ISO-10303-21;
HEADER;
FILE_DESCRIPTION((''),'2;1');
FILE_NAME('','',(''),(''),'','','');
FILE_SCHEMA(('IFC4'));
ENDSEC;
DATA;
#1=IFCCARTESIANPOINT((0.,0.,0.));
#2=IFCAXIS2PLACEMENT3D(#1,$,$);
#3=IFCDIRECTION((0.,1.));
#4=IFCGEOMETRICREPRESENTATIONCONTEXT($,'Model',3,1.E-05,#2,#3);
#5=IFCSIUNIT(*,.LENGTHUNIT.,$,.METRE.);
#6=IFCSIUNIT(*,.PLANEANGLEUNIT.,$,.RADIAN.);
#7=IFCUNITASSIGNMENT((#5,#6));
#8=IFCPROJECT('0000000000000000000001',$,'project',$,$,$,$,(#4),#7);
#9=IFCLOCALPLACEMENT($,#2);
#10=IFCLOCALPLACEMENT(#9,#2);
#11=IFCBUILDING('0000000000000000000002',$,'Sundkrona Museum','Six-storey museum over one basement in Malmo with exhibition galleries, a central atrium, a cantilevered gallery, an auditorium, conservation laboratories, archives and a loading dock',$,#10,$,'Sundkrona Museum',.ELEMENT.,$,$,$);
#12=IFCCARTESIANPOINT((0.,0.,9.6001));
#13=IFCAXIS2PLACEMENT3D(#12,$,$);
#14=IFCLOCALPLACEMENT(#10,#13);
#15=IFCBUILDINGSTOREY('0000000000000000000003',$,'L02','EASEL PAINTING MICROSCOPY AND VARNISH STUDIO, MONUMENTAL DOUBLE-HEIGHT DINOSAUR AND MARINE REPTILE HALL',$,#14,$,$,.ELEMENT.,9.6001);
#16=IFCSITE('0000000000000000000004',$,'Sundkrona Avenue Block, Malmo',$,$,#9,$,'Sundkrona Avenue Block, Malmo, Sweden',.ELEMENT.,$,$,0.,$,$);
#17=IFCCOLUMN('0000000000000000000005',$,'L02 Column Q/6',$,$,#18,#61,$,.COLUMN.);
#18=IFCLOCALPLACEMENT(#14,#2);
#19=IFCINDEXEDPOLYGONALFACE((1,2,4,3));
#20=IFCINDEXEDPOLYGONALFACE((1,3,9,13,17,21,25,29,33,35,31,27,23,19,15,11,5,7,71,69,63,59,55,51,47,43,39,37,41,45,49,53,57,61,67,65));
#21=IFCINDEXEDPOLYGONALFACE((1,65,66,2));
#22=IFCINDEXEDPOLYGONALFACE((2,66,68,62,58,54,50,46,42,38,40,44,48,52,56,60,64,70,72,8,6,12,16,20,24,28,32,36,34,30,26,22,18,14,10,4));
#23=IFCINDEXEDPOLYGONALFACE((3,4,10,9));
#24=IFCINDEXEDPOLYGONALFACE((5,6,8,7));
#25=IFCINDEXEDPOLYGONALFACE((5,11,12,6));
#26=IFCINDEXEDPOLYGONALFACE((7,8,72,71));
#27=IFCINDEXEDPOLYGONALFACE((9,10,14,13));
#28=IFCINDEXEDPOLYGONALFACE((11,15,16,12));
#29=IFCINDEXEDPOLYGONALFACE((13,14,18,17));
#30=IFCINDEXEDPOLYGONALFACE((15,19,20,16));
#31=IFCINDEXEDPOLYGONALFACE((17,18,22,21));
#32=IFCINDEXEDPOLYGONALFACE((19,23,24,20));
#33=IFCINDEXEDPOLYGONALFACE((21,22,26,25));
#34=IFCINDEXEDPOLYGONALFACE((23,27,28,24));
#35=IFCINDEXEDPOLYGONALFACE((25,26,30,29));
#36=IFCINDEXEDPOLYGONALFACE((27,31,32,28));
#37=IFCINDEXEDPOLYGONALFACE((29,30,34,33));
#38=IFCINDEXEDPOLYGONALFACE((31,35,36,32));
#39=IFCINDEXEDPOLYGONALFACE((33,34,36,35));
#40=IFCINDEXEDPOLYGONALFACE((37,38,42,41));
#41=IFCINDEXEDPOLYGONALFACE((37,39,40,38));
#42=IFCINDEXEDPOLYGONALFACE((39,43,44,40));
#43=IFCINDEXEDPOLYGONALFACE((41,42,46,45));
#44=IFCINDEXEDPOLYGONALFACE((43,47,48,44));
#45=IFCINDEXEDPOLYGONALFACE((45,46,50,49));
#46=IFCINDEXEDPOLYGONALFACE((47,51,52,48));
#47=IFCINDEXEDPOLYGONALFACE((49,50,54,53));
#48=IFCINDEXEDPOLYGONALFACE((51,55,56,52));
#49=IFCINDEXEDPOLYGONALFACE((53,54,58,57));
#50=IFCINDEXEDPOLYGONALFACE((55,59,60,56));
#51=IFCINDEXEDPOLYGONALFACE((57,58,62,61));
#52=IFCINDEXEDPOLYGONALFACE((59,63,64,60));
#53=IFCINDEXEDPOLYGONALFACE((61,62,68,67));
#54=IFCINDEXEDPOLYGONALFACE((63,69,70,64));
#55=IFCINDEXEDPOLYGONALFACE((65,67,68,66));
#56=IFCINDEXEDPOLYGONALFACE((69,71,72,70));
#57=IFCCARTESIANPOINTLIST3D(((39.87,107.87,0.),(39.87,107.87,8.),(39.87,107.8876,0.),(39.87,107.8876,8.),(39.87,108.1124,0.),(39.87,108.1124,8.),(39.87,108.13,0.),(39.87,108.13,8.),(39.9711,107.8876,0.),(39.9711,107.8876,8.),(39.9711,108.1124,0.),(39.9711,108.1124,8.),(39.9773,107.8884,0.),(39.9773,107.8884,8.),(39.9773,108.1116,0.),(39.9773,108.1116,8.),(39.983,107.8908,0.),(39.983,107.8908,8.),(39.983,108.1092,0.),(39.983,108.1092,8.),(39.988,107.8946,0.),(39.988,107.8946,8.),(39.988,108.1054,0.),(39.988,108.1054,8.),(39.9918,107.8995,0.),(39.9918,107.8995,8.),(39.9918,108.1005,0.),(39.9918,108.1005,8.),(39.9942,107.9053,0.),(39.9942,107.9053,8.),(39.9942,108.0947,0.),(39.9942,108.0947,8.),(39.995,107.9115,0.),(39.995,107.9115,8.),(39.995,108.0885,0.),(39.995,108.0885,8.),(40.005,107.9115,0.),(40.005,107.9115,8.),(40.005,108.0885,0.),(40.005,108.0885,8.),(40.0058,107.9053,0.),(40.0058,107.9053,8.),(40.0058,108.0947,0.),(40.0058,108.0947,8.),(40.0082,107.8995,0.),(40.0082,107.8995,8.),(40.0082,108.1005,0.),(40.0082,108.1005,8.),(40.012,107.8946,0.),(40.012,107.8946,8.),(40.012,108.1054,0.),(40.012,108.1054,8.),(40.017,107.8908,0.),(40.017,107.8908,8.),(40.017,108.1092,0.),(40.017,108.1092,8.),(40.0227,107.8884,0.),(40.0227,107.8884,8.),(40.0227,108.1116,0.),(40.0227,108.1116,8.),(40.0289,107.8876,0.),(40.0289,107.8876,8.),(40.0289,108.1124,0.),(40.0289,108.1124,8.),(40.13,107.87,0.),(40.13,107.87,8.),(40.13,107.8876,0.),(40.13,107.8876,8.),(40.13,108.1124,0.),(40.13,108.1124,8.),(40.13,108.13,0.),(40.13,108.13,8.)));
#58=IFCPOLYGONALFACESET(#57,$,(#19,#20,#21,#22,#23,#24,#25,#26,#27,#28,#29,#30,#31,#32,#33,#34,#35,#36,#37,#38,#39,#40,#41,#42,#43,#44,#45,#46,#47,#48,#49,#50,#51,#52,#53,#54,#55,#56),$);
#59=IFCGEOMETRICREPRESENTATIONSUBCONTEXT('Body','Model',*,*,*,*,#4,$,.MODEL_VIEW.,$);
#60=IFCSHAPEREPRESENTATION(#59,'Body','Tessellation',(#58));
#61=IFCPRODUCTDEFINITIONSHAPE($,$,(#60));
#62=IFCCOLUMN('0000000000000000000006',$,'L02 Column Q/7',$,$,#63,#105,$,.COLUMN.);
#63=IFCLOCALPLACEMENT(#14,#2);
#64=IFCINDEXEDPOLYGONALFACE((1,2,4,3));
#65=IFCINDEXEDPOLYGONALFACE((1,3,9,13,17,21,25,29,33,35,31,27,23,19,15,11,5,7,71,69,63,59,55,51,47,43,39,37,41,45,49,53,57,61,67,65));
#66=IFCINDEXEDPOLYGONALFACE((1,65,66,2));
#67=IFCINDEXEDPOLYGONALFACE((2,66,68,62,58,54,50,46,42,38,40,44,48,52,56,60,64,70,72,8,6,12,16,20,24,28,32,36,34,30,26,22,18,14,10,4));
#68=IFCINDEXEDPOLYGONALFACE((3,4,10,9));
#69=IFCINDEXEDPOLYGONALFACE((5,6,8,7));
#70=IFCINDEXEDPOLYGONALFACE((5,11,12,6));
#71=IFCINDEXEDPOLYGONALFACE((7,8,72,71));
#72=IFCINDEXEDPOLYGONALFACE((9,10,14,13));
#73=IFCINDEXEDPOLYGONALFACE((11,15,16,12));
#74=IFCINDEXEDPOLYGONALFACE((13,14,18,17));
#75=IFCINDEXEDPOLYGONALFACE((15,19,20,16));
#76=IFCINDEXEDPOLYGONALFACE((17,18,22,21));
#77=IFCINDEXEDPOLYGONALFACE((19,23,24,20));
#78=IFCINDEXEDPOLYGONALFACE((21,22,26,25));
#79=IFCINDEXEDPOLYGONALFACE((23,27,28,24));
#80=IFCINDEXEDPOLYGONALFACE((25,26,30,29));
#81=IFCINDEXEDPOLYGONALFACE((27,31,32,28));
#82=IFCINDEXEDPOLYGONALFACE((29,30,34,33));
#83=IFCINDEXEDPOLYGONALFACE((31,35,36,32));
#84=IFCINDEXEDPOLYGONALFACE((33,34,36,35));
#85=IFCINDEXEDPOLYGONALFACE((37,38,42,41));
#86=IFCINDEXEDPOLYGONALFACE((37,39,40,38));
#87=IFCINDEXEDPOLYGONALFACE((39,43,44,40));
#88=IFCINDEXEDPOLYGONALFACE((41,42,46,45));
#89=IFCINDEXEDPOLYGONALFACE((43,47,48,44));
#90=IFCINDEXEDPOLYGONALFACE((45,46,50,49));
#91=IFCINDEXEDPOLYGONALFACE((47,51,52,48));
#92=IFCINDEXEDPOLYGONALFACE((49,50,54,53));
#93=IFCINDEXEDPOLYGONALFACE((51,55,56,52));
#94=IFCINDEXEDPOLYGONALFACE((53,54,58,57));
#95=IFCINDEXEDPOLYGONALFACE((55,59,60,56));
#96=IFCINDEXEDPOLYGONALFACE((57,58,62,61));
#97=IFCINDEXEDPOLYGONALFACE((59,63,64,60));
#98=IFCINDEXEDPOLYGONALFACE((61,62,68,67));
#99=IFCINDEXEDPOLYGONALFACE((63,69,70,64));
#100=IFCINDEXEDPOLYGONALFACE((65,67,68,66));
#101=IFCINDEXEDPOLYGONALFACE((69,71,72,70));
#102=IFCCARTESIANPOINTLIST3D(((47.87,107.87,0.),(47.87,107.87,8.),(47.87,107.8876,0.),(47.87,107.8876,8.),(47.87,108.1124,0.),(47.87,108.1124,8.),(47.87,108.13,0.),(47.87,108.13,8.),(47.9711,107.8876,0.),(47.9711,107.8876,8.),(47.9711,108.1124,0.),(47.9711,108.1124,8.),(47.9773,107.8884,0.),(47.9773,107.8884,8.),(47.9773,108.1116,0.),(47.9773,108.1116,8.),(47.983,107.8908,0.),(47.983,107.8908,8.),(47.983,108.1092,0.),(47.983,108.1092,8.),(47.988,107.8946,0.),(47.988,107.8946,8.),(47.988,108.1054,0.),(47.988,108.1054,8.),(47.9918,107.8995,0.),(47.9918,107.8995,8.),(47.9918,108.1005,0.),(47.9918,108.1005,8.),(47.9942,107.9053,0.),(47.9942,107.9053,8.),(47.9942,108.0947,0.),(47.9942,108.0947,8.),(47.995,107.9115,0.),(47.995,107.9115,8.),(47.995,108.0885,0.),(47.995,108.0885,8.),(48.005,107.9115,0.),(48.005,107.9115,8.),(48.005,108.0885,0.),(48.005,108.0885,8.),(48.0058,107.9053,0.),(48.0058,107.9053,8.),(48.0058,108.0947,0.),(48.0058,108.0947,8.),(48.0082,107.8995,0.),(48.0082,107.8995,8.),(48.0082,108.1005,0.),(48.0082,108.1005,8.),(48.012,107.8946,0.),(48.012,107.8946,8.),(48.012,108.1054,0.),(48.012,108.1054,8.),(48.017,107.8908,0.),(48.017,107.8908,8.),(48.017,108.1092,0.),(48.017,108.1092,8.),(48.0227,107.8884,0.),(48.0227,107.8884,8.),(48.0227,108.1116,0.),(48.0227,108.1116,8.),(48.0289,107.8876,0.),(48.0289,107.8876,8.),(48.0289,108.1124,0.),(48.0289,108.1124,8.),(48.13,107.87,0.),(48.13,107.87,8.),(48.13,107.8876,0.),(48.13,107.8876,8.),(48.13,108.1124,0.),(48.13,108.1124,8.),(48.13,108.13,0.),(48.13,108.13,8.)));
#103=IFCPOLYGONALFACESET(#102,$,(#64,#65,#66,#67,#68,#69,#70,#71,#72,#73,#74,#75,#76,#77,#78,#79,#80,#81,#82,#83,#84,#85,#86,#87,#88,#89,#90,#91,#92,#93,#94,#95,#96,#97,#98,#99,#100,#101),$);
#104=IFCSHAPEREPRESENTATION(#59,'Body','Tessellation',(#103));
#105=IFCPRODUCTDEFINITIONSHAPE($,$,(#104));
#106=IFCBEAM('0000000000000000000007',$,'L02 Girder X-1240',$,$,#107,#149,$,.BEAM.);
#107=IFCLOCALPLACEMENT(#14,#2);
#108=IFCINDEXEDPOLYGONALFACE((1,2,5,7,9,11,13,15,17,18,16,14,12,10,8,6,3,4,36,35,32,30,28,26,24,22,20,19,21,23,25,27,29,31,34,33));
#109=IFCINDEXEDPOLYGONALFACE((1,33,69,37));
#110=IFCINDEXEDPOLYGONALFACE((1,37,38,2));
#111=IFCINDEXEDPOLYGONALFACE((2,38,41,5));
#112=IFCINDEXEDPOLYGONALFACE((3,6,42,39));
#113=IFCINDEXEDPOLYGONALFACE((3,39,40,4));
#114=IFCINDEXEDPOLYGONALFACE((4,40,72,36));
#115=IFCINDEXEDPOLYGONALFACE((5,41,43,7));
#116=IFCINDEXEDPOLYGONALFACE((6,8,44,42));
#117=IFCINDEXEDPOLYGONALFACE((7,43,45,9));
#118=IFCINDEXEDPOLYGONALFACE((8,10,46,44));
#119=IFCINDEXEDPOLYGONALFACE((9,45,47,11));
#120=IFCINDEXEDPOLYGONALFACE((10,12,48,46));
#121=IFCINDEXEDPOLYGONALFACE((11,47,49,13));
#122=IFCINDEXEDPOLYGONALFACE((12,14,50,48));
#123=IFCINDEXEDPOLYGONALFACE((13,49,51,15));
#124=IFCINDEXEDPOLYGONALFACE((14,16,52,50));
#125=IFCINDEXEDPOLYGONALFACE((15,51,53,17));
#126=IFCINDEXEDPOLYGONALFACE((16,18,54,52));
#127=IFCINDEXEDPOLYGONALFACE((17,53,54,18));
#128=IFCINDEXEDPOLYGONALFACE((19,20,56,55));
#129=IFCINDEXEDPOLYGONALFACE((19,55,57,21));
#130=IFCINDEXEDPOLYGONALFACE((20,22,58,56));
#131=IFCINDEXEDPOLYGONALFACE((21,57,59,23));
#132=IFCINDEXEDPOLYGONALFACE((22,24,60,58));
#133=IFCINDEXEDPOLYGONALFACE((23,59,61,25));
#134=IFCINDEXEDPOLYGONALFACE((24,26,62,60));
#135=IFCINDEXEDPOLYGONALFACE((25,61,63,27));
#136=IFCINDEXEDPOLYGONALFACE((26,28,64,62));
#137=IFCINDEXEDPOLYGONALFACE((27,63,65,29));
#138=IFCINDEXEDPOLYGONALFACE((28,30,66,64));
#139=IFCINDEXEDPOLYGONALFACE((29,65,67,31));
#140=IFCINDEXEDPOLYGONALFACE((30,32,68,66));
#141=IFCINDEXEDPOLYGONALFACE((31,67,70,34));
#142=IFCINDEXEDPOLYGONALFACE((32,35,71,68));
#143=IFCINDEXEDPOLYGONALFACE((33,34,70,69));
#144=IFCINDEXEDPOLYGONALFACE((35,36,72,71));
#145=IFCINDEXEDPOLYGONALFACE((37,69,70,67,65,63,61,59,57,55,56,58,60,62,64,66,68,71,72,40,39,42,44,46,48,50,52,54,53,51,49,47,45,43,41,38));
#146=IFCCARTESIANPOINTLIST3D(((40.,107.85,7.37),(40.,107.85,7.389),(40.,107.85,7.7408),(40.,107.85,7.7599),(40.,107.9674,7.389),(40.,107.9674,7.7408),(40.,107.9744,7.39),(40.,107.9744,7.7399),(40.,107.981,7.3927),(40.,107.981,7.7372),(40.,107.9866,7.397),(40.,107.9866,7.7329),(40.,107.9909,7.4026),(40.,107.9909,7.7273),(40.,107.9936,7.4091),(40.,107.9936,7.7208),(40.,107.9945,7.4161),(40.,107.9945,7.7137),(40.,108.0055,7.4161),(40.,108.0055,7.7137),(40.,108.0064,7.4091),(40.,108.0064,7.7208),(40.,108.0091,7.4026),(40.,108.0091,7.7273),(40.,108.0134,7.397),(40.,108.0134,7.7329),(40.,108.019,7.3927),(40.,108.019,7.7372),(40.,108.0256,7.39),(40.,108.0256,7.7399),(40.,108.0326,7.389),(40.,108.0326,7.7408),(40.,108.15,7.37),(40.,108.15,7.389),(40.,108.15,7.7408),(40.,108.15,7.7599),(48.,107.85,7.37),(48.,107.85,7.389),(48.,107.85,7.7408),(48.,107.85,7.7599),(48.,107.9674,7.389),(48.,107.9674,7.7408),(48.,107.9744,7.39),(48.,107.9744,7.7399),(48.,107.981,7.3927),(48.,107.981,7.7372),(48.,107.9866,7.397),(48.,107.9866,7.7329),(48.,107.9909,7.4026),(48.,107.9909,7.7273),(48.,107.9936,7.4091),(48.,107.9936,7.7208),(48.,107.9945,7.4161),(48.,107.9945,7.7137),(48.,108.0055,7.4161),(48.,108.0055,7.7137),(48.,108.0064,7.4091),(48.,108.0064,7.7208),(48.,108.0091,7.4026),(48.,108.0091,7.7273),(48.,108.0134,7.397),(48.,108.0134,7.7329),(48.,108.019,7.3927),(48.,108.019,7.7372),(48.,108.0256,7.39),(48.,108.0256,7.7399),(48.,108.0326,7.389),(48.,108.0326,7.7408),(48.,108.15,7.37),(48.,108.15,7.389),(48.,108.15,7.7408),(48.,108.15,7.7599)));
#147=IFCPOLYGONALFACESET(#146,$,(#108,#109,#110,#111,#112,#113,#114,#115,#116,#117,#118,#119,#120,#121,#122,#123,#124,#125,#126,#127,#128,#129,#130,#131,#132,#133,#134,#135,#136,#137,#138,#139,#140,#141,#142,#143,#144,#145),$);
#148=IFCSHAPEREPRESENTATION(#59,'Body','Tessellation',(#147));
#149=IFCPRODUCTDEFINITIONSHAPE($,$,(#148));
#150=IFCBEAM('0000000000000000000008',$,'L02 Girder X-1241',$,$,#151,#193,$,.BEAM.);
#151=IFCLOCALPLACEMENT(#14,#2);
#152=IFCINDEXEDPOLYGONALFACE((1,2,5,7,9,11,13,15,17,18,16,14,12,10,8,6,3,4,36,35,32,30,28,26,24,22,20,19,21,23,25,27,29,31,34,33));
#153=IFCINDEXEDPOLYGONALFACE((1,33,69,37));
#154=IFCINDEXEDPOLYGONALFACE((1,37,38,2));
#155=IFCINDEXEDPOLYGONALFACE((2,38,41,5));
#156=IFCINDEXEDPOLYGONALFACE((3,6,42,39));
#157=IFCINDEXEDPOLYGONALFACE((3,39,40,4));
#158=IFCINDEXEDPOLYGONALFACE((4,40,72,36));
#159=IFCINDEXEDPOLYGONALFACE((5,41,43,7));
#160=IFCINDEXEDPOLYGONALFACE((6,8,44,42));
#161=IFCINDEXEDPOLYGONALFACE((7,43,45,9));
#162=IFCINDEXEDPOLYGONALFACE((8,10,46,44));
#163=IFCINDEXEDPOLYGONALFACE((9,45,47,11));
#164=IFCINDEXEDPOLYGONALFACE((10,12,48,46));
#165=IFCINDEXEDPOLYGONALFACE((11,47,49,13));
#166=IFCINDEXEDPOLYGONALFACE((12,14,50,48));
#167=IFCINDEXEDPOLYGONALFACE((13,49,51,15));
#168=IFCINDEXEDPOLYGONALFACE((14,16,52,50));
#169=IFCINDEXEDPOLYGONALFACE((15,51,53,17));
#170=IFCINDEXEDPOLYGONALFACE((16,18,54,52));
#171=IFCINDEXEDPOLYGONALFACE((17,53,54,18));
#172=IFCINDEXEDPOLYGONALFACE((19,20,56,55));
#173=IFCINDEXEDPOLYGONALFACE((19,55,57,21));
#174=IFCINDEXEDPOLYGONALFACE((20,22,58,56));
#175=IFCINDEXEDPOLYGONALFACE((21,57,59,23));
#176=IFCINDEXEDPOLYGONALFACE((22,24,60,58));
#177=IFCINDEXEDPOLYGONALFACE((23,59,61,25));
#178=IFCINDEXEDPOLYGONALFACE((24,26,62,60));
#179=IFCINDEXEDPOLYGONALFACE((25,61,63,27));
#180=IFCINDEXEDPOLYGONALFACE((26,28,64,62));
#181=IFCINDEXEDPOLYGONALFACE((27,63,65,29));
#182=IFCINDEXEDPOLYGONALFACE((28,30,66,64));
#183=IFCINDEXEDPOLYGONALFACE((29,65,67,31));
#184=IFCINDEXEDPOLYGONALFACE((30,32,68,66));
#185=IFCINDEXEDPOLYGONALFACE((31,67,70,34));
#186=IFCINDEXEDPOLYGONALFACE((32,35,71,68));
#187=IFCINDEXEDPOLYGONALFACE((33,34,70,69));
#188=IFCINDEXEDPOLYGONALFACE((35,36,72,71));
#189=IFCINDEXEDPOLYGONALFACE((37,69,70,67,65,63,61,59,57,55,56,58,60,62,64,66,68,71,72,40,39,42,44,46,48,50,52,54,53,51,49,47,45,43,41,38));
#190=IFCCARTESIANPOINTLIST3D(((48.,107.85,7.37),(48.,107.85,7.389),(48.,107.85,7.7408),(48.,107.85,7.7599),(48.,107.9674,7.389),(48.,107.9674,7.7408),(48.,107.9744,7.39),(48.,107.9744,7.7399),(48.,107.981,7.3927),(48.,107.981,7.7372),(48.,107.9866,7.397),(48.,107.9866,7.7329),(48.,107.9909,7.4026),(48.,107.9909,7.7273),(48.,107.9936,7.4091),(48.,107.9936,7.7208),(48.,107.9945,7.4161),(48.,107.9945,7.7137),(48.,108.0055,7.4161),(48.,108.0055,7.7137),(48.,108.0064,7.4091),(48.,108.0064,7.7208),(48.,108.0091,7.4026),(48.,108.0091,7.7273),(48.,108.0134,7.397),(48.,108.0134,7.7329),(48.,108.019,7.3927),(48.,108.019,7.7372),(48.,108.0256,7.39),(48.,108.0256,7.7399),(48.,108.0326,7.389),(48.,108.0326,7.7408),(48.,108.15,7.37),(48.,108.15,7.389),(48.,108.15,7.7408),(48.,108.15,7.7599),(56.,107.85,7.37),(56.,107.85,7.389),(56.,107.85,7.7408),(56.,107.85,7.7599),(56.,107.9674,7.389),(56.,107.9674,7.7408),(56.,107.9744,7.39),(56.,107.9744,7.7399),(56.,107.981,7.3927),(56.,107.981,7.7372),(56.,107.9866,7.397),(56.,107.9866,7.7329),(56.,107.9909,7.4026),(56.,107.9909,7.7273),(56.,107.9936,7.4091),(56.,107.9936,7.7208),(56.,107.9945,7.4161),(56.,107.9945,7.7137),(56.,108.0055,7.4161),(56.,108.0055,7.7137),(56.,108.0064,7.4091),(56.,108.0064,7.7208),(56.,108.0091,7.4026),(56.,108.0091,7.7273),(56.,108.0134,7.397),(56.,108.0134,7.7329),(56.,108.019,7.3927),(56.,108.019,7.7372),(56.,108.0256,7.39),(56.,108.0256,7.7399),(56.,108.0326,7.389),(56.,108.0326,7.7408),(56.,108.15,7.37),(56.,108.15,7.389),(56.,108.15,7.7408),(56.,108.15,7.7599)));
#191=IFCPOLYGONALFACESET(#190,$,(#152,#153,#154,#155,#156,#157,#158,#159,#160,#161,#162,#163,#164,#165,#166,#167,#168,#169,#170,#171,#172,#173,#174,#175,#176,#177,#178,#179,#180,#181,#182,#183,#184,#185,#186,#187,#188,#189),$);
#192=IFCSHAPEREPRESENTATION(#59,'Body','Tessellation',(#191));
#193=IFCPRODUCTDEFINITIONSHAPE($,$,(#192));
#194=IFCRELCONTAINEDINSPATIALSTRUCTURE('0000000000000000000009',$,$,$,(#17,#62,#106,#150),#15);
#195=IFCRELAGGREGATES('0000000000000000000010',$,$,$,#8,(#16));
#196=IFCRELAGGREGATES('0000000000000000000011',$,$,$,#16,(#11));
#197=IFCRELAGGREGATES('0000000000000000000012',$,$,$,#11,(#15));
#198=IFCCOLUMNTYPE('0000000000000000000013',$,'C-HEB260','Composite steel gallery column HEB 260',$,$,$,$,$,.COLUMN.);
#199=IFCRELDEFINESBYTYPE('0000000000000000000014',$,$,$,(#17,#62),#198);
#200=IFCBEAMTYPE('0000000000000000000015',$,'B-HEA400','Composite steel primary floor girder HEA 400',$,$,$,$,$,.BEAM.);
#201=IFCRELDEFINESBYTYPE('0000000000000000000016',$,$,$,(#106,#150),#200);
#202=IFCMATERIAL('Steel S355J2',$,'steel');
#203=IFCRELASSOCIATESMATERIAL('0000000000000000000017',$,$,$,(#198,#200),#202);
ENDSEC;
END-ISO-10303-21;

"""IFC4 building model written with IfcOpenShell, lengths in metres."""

from ifc_helpers import new_model, si_unit, direction, frame, origin, origin_2d, place, context, subcontext, project, spatial, i_section, extrude, material, material_profile, profile_set, type_object, element, save


model = new_model("IFC4")

# Units and contexts
model_context = context("Model", 3, precision=1e-05, world=origin(), true_north=direction((0.0, 1.0)))
body_context = subcontext(model_context, "Body", "Model", "MODEL_VIEW")
ifc_project = project(units=[si_unit("LENGTHUNIT", "METRE"), si_unit("PLANEANGLEUNIT", "RADIAN")], contexts=[model_context])

# Site, building, storey
site_placement = place(None, origin())
site = spatial("IfcSite", under=ifc_project, at=site_placement, Name="Sundkrona Avenue Block, Malmo", LongName="Sundkrona Avenue Block, Malmo, Sweden", CompositionType="ELEMENT", RefElevation=0.0)
building_placement = place(site_placement, origin())
building = spatial("IfcBuilding", under=site, at=building_placement, Name="Sundkrona Museum", Description="Six-storey museum over one basement in Malmo with exhibition galleries, a central atrium, a cantilevered gallery, an auditorium, conservation laboratories, archives and a loading dock", LongName="Sundkrona Museum", CompositionType="ELEMENT")
storey_placement = place(building_placement, frame((0.0, 0.0, 9.6001)))
storey = spatial("IfcBuildingStorey", under=building, at=storey_placement, Name="L02", Description="EASEL PAINTING MICROSCOPY AND VARNISH STUDIO, MONUMENTAL DOUBLE-HEIGHT DINOSAUR AND MARINE REPTILE HALL", CompositionType="ELEMENT", Elevation=9.6001)

# Columns
ifc_material_1 = material(Name="Steel S355J2", Category="steel")
ifc_material_profile_1 = material_profile(ifc_material_1, i_section(OverallWidth=0.26, OverallDepth=0.26, WebThickness=0.01, FlangeThickness=0.0176, FilletRadius=0.0239, at=origin_2d()), Name="HEB 260")
ifc_profile_set_1 = profile_set([ifc_material_profile_1], Name="Steel S355J2")
column_type = type_object("IfcColumnType", Name="C-HEB260", Description="Composite steel gallery column HEB 260", PredefinedType="COLUMN", material=ifc_profile_set_1)
for number, where, z_axis, x_axis, name in (
    (1, (40.0, 108.0, 0.0), (0.0, 0.0, 1.0), (1.0, 0.0, 0.0), "L02 Column Q/6"),
    (2, (48.0, 108.0, 0.0), (0.0, 0.0, 1.0), (1.0, 0.0, 0.0), "L02 Column Q/7"),
):
    element("IfcColumn", number, at=place(storey_placement, frame(where, z_axis=z_axis, x_axis=x_axis)), inside=storey, type_object=column_type, Name=name, PredefinedType="COLUMN", context=body_context, shape_type="SweptSolid", body=[
        extrude(i_section(OverallWidth=0.26, OverallDepth=0.26, WebThickness=0.01, FlangeThickness=0.0176, FilletRadius=0.0239, at=origin_2d()), origin(), (0.0, 0.0, 1.0), 8.0),
    ])

# Beams
ifc_material_profile_2 = material_profile(ifc_material_1, i_section(OverallWidth=0.3, OverallDepth=0.3899, WebThickness=0.011, FlangeThickness=0.019, FilletRadius=0.0271, at=origin_2d()), Name="HEA 400")
ifc_profile_set_2 = profile_set([ifc_material_profile_2], Name="Steel S355J2")
beam_type_1 = type_object("IfcBeamType", Name="B-HEA400", Description="Composite steel primary floor girder HEA 400", PredefinedType="BEAM", material=ifc_profile_set_2)
for number, where, z_axis, x_axis, name in (
    (3, (40.0, 108.0, 7.5649), (1.0, 0.0, 0.0), (0.0, 1.0, 0.0), "L02 Girder X-1240"),
    (4, (48.0, 108.0, 7.5649), (1.0, 0.0, 0.0), (0.0, 1.0, 0.0), "L02 Girder X-1241"),
):
    element("IfcBeam", number, at=place(storey_placement, frame(where, z_axis=z_axis, x_axis=x_axis)), inside=storey, type_object=beam_type_1, Name=name, PredefinedType="BEAM", context=body_context, shape_type="SweptSolid", body=[
        extrude(i_section(OverallWidth=0.3, OverallDepth=0.3899, WebThickness=0.011, FlangeThickness=0.019, FilletRadius=0.0271, at=origin_2d()), origin(), (0.0, 0.0, 1.0), 8.0),
    ])

save(model, "model.ifc")
